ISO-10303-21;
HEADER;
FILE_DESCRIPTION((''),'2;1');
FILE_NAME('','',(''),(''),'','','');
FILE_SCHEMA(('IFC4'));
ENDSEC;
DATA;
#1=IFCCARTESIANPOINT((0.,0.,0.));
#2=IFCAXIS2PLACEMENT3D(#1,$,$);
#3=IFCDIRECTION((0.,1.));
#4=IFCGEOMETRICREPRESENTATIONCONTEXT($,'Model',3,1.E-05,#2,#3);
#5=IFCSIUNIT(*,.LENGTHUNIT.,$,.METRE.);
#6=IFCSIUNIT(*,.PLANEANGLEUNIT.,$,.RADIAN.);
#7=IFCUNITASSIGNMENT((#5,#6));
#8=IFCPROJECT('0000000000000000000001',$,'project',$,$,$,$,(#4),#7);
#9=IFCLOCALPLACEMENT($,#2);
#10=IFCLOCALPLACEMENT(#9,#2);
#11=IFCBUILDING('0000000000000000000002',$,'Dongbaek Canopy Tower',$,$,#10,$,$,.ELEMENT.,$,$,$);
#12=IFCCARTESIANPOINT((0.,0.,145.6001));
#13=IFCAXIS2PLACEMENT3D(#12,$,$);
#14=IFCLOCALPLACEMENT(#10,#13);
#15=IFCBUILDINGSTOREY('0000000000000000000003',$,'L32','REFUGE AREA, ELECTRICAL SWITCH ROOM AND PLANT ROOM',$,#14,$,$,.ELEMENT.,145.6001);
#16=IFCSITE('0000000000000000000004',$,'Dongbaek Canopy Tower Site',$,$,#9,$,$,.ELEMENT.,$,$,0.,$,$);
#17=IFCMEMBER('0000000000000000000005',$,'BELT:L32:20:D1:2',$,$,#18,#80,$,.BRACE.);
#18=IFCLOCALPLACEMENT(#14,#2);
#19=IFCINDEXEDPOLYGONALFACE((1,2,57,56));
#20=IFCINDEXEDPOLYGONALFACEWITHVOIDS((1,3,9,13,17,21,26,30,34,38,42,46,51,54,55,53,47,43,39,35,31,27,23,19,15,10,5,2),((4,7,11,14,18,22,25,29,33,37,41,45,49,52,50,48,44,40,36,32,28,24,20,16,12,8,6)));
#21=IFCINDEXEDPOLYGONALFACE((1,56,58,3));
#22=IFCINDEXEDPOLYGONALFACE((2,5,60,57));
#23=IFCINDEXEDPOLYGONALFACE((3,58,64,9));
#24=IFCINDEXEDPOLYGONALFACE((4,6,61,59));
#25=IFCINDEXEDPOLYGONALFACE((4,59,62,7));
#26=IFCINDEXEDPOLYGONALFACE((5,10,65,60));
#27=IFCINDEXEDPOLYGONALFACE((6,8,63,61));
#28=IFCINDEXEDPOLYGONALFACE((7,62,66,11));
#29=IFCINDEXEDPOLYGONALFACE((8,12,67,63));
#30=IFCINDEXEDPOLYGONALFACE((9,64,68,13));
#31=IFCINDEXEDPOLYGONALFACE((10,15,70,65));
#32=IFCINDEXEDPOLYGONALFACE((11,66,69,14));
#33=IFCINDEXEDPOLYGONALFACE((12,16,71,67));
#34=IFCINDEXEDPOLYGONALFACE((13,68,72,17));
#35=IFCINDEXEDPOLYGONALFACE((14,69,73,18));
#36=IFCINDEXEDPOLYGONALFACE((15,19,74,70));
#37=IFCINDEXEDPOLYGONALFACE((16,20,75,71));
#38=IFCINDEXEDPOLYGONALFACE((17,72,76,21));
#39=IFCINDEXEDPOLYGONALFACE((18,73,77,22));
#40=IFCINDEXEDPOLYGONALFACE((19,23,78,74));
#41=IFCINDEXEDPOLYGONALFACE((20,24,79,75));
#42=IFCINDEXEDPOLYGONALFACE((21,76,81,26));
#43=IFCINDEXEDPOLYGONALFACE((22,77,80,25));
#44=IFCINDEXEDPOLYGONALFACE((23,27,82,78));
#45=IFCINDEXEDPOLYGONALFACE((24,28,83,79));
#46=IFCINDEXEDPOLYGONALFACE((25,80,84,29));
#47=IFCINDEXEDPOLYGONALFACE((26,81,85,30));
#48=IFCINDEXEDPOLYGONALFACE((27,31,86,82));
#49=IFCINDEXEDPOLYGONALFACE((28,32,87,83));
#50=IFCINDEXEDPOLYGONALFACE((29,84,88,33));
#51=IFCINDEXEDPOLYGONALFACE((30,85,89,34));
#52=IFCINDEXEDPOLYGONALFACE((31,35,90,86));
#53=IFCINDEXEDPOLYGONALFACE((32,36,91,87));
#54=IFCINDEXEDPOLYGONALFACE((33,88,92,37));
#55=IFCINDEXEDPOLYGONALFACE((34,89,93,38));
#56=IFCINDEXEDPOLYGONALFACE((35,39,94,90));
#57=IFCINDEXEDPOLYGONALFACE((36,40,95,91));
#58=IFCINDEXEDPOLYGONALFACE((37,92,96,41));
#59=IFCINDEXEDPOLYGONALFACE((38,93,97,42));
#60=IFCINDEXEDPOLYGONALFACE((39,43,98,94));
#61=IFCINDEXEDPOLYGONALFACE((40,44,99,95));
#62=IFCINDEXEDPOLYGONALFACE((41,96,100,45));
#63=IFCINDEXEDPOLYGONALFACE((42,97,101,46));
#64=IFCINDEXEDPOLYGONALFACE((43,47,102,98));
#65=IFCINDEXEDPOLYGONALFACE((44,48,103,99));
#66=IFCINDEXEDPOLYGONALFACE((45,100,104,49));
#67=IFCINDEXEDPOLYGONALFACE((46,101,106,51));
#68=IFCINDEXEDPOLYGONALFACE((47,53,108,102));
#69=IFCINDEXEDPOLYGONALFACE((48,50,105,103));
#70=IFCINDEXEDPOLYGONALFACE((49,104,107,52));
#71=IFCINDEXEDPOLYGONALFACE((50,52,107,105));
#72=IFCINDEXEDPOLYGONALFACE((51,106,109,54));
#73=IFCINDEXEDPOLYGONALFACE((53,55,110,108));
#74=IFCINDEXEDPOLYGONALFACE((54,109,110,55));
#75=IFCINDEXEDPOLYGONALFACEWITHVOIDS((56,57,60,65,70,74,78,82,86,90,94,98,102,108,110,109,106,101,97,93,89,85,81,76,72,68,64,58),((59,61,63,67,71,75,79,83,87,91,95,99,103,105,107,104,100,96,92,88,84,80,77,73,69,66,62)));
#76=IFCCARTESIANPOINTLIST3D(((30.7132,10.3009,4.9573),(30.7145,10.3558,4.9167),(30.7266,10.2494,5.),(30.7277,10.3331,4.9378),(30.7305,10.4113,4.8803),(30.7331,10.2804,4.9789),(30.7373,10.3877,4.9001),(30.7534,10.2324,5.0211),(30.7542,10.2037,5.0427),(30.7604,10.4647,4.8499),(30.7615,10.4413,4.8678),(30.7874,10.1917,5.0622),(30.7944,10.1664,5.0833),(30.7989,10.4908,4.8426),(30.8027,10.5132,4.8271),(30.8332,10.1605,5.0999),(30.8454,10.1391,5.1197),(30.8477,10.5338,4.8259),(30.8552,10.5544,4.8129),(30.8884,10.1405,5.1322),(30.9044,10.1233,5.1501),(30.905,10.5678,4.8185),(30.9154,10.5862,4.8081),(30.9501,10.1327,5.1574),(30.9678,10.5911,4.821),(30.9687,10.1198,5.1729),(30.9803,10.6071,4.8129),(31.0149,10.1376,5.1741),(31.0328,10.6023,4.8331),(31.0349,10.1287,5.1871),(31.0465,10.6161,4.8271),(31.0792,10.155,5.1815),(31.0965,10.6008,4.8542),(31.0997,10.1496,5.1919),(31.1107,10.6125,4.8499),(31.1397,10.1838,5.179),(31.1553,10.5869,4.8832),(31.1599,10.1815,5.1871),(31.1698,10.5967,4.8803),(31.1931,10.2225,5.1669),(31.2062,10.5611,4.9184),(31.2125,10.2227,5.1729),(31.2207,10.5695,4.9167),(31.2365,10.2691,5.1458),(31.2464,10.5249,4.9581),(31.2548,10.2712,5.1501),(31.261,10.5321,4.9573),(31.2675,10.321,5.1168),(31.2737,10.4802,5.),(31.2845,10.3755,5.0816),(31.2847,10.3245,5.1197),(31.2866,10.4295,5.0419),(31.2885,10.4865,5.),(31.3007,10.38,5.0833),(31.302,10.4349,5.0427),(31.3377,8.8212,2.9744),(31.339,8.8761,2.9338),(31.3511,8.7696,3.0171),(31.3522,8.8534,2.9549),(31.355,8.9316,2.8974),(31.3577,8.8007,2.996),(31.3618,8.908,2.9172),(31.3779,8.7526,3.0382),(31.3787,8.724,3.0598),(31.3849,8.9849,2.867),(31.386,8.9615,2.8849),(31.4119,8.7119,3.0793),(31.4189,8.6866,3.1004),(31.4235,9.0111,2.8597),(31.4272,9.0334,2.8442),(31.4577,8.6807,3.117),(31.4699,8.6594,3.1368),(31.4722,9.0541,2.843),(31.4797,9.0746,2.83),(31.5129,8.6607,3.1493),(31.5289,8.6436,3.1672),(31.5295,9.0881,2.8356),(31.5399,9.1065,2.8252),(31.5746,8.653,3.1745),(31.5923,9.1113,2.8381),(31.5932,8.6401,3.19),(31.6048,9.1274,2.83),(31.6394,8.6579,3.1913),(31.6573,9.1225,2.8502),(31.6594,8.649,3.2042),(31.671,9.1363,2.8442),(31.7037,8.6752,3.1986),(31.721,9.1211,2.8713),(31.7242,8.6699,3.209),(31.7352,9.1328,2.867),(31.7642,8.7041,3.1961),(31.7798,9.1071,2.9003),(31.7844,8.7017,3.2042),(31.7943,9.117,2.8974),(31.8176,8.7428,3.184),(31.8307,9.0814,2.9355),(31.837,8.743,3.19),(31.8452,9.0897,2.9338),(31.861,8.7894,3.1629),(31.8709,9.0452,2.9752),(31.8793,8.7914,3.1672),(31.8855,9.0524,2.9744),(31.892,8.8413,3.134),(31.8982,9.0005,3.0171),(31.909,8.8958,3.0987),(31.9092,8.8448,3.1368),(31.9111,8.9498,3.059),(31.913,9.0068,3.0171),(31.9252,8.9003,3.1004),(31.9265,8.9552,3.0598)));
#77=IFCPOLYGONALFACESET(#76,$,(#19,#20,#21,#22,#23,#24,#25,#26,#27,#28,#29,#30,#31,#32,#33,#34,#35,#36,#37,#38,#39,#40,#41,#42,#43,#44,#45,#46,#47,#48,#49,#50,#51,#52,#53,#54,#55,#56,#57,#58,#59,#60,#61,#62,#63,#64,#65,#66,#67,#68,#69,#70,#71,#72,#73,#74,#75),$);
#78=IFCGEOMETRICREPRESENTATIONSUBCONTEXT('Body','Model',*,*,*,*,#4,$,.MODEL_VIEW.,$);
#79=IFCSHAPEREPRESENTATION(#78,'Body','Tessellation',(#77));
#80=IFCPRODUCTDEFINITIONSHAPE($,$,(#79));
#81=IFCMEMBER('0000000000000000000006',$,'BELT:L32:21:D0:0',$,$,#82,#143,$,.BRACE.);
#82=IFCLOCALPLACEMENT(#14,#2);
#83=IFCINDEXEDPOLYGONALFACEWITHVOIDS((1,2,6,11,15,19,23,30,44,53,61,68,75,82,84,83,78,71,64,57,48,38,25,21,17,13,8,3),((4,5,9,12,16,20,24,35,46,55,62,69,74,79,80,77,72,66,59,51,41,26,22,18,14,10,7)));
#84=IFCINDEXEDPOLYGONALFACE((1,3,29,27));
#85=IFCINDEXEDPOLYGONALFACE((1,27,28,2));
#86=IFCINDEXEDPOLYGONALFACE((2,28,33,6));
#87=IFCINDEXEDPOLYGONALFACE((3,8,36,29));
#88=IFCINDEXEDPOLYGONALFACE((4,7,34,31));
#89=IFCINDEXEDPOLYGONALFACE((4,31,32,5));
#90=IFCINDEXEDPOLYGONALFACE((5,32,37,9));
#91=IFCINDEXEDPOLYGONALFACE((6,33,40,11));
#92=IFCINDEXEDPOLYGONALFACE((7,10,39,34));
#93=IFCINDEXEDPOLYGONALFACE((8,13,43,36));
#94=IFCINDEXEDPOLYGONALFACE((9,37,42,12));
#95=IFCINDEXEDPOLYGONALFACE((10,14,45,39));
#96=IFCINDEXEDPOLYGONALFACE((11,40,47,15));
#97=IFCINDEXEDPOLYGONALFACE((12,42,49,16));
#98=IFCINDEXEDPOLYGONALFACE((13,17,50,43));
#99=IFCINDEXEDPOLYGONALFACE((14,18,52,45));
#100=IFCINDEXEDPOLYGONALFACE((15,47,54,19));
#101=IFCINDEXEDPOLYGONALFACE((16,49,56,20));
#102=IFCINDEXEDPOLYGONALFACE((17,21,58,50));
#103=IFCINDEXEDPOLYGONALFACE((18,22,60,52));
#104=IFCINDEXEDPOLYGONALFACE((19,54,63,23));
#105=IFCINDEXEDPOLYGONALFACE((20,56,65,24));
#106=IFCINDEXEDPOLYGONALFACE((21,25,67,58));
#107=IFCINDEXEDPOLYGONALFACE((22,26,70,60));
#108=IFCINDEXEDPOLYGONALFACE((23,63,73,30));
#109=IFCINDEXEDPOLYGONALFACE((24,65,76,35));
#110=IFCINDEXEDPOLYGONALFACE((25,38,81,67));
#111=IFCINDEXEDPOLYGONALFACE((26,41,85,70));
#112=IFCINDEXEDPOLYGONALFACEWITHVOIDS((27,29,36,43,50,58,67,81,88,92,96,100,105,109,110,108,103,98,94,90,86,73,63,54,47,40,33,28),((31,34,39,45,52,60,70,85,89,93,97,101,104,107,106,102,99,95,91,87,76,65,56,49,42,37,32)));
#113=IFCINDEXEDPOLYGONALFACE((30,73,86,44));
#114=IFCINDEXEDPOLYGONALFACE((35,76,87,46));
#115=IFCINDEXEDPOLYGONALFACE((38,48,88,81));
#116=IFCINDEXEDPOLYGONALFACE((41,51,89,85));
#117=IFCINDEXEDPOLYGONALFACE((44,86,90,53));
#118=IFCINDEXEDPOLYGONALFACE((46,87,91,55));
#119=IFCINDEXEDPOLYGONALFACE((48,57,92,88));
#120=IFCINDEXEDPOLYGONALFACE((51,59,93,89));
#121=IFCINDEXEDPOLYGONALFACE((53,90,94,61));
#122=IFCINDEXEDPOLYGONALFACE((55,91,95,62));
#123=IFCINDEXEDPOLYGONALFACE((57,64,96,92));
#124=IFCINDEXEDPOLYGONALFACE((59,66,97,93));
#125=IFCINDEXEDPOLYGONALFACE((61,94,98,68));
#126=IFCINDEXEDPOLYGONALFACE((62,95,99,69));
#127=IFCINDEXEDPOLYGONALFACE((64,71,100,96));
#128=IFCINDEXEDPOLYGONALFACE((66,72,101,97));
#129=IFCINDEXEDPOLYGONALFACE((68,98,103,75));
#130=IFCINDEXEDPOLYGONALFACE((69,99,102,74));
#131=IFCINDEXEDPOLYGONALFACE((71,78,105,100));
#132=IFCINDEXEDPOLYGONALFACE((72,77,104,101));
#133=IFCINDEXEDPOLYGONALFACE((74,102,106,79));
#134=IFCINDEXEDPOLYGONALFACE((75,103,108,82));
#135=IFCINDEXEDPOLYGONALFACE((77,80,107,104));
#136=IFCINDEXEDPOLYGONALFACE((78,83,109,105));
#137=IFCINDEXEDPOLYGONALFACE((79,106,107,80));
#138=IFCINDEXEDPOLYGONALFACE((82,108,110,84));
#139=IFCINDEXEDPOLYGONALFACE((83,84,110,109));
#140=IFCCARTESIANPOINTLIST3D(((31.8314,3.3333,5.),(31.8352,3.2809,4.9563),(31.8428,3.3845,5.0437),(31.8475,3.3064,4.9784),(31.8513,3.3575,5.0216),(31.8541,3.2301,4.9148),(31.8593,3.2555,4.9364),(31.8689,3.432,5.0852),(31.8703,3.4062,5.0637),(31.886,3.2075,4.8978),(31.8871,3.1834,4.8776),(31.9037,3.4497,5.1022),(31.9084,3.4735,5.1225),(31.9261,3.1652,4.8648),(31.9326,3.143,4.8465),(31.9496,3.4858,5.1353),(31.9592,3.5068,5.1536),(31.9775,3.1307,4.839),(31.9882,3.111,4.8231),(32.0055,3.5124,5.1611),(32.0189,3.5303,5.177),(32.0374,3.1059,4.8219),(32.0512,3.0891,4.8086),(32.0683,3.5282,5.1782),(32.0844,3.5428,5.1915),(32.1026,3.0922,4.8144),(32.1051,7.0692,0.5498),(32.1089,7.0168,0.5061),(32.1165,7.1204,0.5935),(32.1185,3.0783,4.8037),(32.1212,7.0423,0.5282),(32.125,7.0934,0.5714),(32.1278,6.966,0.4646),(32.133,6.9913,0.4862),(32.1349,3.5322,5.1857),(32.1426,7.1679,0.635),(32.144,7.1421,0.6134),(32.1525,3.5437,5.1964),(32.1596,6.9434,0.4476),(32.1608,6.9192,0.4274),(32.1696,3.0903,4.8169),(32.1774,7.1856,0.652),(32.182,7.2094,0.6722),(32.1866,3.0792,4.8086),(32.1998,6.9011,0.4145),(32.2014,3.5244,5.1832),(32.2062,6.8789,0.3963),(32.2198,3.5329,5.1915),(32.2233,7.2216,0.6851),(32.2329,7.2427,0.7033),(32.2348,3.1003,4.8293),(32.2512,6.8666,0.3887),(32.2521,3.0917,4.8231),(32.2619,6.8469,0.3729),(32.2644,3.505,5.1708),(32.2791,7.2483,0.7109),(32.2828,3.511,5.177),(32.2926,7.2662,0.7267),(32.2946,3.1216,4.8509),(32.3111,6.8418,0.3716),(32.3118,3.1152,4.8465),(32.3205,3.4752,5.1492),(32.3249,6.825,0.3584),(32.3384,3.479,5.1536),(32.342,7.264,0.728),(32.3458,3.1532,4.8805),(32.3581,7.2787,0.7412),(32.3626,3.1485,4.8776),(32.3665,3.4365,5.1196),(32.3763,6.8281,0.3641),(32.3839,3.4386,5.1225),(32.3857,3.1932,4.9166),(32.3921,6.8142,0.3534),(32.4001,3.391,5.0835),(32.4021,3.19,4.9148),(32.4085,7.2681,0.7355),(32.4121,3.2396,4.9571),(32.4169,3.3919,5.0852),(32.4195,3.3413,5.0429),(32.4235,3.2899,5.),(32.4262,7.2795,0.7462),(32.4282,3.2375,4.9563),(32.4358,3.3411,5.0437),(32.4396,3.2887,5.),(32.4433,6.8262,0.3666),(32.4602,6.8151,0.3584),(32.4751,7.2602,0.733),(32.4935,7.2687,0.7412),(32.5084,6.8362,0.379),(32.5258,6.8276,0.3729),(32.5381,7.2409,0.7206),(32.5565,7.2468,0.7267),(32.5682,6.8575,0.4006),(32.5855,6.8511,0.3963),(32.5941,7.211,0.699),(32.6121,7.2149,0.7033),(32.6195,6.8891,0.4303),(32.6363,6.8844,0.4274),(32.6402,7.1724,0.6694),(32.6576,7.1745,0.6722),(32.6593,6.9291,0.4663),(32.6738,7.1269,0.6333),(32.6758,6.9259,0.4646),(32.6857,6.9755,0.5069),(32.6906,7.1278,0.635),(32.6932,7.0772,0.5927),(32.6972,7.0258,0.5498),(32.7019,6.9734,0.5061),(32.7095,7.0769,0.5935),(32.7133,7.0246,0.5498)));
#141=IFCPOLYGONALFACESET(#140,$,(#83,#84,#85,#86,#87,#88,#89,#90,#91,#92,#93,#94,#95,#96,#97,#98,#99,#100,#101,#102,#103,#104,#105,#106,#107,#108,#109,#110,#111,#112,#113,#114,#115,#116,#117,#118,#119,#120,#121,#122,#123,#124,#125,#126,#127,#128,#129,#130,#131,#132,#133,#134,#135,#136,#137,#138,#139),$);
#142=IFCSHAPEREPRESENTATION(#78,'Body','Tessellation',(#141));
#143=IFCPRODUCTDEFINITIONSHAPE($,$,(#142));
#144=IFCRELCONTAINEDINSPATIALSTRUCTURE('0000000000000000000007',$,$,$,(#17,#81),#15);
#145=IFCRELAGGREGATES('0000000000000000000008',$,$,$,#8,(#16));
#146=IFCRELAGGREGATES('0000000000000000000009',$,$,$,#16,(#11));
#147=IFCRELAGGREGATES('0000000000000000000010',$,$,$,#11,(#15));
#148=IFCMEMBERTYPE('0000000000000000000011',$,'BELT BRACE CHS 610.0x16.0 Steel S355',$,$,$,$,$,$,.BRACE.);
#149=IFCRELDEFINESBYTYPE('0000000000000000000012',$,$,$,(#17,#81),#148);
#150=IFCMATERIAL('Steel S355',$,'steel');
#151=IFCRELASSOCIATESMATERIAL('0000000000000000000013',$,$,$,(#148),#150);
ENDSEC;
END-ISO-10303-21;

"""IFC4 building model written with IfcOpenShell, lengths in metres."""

from ifc_helpers import new_model, si_unit, direction, frame, origin, origin_2d, place, context, subcontext, project, spatial, hollow_circle, extrude, material, material_profile, profile_set, type_object, element, save


model = new_model("IFC4")

# Units and contexts
model_context = context("Model", 3, precision=1e-05, world=origin(), true_north=direction((0.0, 1.0)))
body_context = subcontext(model_context, "Body", "Model", "MODEL_VIEW")
ifc_project = project(units=[si_unit("LENGTHUNIT", "METRE"), si_unit("PLANEANGLEUNIT", "RADIAN")], contexts=[model_context])

# Site, building, storey
site_placement = place(None, origin())
site = spatial("IfcSite", under=ifc_project, at=site_placement, Name="Dongbaek Canopy Tower Site", CompositionType="ELEMENT", RefElevation=0.0)
building_placement = place(site_placement, origin())
building = spatial("IfcBuilding", under=site, at=building_placement, Name="Dongbaek Canopy Tower", CompositionType="ELEMENT")
storey_placement = place(building_placement, frame((0.0, 0.0, 145.6001)))
storey = spatial("IfcBuildingStorey", under=building, at=storey_placement, Name="L32", Description="REFUGE AREA, ELECTRICAL SWITCH ROOM AND PLANT ROOM", CompositionType="ELEMENT", Elevation=145.6001)

# Members
ifc_material_1 = material(Name="Steel S355", Category="steel")
ifc_material_profile_1 = material_profile(ifc_material_1, hollow_circle(Radius=0.3049, WallThickness=0.0161, at=origin_2d()), Name="BELT BRACE CHS 610.0x16.0 Steel S355")
ifc_profile_set_1 = profile_set([ifc_material_profile_1], Name="Steel S355")
member_type_1 = type_object("IfcMemberType", Name="BELT BRACE CHS 610.0x16.0 Steel S355", PredefinedType="BRACE", material=ifc_profile_set_1)
for number, where, z_axis, x_axis, name in (
    (1, (31.0076, 10.3679, 5.0), (0.244736, -0.579885, -0.77707), (0.921309, 0.388832, 0.0), "BELT:L32:20:D1:2"),
):
    element("IfcMember", number, at=place(storey_placement, frame(where, z_axis=z_axis, x_axis=x_axis)), inside=storey, type_object=member_type_1, Name=name, PredefinedType="BRACE", context=body_context, shape_type="SweptSolid", body=[
        extrude(hollow_circle(Radius=0.3049, WallThickness=0.0161, at=origin_2d()), origin(), (0.0, 0.0, 1.0), 2.5518),
    ])
member_1_placement = place(storey_placement, frame((32.4092, 7.0469, 0.5498), z_axis=(-0.04705, -0.642245, 0.765054), x_axis=(0.997327, -0.073063, 0.0)))
element("IfcMember", 2, at=member_1_placement, inside=storey, type_object=member_type_1, Name="BELT:L32:21:D0:0", PredefinedType="BRACE", context=body_context, shape_type="SweptSolid", body=[
    extrude(hollow_circle(Radius=0.3049, WallThickness=0.0161, at=origin_2d()), origin(), (0.0, 0.0, 1.0), 5.8169),
])

save(model, "model.ifc")
